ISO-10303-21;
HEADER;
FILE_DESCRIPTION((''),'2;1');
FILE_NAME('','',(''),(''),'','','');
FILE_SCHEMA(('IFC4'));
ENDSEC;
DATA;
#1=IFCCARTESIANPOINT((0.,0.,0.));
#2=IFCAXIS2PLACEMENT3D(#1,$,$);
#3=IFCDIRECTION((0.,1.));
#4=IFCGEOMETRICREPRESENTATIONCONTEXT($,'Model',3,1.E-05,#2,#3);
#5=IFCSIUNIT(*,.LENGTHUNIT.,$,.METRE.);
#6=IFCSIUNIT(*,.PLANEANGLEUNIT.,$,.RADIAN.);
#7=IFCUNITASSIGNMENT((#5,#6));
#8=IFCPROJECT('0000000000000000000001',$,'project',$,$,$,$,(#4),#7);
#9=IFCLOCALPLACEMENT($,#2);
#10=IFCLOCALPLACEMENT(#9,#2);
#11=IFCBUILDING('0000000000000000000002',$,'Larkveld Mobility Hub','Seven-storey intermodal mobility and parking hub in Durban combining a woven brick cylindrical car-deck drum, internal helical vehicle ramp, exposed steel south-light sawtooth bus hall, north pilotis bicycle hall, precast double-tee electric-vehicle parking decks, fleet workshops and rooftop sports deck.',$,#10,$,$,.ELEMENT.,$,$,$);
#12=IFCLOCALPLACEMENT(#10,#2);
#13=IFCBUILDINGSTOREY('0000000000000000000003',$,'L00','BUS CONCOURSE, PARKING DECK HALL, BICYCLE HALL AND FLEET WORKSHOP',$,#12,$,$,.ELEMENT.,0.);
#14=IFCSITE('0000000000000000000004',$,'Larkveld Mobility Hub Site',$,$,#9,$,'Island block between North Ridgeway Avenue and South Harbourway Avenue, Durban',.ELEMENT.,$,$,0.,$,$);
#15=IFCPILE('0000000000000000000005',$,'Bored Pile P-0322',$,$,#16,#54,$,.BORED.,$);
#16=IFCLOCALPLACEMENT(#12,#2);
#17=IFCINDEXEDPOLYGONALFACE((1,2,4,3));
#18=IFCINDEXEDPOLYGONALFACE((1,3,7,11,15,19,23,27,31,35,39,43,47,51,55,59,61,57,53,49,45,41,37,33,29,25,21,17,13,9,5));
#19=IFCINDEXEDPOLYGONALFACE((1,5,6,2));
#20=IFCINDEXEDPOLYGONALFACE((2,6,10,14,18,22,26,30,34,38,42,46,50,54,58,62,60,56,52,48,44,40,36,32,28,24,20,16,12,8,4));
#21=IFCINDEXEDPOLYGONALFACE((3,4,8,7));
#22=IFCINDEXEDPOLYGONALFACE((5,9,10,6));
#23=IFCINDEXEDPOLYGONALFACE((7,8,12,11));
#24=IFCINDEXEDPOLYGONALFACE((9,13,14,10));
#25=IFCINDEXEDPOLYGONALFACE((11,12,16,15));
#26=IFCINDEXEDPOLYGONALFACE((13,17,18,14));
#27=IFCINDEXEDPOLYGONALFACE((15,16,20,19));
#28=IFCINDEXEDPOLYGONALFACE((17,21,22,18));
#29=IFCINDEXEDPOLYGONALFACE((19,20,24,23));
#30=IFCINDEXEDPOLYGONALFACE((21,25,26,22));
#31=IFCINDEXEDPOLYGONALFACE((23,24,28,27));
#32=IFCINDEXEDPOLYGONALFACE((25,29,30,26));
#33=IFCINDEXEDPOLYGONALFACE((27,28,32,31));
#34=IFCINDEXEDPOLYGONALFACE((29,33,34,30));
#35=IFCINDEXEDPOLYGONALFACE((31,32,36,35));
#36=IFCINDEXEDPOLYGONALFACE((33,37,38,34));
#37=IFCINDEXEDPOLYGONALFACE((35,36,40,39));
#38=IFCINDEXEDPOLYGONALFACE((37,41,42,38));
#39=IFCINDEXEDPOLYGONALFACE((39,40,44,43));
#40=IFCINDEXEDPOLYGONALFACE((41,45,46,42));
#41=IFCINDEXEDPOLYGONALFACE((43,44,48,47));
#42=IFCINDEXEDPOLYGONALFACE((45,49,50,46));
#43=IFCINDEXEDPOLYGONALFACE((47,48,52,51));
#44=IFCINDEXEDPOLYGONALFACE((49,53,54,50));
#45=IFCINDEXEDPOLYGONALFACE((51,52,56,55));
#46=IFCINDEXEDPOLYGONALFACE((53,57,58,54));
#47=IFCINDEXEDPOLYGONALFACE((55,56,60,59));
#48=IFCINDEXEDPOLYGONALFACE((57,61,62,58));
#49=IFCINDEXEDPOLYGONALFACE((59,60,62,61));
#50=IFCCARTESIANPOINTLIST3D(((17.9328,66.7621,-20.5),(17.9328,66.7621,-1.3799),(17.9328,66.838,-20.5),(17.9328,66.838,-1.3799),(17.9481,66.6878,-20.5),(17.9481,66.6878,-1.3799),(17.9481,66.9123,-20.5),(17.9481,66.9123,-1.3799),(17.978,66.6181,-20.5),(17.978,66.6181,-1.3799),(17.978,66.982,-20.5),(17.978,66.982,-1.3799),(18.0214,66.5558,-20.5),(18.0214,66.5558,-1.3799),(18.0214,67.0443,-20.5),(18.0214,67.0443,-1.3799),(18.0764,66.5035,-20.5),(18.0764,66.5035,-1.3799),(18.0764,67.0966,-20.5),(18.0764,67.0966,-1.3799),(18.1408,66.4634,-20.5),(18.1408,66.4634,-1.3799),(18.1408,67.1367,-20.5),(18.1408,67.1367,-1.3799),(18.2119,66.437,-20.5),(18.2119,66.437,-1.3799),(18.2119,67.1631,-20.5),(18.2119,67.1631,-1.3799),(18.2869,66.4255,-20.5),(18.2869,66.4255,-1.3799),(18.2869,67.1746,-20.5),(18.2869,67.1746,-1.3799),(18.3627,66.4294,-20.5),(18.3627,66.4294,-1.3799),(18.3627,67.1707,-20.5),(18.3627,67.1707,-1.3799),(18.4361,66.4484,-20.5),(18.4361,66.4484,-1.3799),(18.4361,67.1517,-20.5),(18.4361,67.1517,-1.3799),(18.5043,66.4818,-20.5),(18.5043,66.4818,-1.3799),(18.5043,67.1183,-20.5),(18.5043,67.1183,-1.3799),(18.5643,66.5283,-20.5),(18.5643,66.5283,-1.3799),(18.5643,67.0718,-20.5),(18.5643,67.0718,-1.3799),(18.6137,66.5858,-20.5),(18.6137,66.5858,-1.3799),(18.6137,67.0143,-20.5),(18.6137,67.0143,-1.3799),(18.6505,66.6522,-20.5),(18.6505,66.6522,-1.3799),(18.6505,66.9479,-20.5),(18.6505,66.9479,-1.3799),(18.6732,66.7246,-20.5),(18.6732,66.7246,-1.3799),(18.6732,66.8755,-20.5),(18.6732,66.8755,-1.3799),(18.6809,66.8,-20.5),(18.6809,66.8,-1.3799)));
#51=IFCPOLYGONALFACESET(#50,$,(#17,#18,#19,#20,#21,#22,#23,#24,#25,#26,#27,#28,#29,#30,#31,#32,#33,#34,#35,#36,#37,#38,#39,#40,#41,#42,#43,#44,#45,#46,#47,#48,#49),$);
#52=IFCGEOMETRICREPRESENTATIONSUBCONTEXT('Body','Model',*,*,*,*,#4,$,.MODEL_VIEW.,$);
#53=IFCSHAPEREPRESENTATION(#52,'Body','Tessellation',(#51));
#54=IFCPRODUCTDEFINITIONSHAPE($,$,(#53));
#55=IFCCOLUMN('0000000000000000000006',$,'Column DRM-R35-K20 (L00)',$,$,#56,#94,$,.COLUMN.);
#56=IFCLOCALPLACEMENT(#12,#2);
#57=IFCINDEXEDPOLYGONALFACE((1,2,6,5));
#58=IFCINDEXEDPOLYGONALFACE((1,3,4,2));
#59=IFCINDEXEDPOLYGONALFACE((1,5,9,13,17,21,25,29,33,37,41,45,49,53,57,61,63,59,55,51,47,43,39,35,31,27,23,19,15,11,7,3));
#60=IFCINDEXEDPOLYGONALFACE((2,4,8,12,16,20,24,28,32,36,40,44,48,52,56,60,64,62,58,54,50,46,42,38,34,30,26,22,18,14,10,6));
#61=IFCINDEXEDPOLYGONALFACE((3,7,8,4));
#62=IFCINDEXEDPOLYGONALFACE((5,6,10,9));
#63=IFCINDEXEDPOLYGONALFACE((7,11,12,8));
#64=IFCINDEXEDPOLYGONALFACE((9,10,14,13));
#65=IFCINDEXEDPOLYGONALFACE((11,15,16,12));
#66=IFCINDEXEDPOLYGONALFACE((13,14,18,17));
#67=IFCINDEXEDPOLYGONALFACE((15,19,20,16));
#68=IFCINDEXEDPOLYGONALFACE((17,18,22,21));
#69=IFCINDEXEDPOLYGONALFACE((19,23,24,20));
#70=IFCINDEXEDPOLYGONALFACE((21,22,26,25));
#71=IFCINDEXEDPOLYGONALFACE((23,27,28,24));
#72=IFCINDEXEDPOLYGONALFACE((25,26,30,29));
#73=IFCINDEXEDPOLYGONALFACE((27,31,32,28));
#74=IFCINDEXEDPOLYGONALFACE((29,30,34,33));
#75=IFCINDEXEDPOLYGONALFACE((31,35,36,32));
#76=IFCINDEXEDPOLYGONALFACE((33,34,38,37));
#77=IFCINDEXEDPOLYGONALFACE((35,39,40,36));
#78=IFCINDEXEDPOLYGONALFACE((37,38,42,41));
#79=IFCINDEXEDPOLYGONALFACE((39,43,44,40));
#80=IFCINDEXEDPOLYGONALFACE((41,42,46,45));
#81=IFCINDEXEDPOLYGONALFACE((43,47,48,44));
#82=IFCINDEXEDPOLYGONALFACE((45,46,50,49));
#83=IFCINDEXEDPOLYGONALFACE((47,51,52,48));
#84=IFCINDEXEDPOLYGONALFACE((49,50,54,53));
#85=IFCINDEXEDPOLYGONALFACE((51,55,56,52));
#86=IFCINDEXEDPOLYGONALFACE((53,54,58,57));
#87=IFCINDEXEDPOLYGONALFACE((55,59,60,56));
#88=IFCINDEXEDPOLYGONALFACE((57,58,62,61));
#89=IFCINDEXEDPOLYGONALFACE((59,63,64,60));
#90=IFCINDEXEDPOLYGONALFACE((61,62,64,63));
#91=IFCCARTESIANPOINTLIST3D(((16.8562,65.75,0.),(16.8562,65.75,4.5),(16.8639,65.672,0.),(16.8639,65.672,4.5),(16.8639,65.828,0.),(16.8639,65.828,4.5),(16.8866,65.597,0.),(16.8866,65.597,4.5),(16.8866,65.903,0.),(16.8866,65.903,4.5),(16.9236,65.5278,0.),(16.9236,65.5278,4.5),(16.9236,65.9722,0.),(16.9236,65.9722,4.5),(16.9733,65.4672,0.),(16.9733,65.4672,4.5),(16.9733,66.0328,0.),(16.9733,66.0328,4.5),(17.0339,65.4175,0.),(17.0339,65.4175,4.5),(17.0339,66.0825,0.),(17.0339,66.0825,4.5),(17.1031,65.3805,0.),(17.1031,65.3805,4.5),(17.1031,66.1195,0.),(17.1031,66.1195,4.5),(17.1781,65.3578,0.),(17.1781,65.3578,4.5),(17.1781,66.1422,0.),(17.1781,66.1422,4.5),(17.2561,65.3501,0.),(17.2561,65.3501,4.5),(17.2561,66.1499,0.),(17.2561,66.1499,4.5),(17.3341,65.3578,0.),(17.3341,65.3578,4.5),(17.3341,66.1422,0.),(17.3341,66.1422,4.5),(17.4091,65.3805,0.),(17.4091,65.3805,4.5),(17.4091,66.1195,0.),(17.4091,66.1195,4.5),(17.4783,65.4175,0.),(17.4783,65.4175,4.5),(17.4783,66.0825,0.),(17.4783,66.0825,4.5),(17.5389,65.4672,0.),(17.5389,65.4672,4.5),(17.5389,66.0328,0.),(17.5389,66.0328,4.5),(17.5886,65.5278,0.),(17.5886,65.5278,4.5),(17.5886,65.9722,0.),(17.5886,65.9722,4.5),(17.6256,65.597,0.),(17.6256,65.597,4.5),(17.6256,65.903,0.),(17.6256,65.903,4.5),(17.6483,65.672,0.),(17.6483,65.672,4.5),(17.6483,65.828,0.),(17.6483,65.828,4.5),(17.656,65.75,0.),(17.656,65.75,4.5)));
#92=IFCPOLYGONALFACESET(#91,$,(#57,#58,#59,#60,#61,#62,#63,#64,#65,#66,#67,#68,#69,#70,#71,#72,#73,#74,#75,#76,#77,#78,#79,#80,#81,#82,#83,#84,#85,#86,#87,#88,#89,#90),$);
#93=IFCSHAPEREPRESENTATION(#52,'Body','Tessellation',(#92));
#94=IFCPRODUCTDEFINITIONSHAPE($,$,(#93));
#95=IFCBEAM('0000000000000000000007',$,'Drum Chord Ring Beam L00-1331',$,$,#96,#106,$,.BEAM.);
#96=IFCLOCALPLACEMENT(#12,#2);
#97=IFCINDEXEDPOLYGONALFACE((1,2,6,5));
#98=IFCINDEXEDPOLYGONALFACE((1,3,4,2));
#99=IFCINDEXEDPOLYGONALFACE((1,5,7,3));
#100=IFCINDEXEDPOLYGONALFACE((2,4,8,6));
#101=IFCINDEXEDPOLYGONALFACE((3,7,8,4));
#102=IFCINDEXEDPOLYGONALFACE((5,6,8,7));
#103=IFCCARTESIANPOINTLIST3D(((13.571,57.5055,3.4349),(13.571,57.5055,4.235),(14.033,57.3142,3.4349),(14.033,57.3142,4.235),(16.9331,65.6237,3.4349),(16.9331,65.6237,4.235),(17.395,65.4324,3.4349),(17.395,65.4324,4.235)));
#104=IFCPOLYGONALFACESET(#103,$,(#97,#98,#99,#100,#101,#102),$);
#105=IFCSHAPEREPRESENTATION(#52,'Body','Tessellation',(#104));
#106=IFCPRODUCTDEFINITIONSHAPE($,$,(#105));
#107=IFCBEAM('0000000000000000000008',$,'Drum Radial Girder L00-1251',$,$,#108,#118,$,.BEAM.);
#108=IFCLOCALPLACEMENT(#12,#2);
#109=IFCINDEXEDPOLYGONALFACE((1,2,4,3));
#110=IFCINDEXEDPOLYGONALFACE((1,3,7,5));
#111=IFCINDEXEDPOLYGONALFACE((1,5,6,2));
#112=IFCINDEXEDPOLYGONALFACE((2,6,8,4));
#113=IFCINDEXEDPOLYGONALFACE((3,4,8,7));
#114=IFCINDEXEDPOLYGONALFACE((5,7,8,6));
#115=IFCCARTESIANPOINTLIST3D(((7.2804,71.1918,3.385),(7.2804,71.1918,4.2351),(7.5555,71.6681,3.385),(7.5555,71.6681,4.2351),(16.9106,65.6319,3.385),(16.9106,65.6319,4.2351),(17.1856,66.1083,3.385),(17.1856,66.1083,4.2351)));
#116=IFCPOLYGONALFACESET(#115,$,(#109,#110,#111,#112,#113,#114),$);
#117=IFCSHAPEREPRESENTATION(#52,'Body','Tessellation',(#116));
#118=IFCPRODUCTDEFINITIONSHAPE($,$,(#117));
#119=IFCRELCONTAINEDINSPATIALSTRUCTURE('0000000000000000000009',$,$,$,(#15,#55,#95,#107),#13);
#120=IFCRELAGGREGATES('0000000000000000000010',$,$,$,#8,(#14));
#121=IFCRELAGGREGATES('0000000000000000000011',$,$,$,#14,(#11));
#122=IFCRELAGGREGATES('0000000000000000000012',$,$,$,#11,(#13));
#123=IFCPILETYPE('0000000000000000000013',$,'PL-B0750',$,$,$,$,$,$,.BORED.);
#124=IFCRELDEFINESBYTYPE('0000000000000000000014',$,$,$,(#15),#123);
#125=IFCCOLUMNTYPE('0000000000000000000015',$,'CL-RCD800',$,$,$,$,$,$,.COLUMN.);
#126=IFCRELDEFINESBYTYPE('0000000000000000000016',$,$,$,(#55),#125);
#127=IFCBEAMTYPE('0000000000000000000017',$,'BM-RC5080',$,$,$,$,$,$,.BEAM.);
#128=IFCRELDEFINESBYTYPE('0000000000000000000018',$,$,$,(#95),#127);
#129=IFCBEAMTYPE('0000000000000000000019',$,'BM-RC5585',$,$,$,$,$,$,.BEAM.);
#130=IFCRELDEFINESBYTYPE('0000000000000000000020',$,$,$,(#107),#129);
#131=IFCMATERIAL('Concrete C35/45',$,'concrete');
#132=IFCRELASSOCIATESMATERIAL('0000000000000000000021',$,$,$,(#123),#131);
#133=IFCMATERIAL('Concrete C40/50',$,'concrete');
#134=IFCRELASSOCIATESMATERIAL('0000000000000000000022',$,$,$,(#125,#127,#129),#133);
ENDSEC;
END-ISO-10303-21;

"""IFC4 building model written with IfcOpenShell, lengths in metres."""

from ifc_helpers import new_model, si_unit, direction, frame, origin, origin_2d, place, context, subcontext, project, spatial, rectangle, circle, extrude, material, material_profile, profile_set, type_object, element, save


model = new_model("IFC4")

# Units and contexts
model_context = context("Model", 3, precision=1e-05, world=origin(), true_north=direction((0.0, 1.0)))
body_context = subcontext(model_context, "Body", "Model", "MODEL_VIEW")
ifc_project = project(units=[si_unit("LENGTHUNIT", "METRE"), si_unit("PLANEANGLEUNIT", "RADIAN")], contexts=[model_context])

# Site, building, storey
site_placement = place(None, origin())
site = spatial("IfcSite", under=ifc_project, at=site_placement, Name="Larkveld Mobility Hub Site", LongName="Island block between North Ridgeway Avenue and South Harbourway Avenue, Durban", CompositionType="ELEMENT", RefElevation=0.0)
building_placement = place(site_placement, origin())
building = spatial("IfcBuilding", under=site, at=building_placement, Name="Larkveld Mobility Hub", Description="Seven-storey intermodal mobility and parking hub in Durban combining a woven brick cylindrical car-deck drum, internal helical vehicle ramp, exposed steel south-light sawtooth bus hall, north pilotis bicycle hall, precast double-tee electric-vehicle parking decks, fleet workshops and rooftop sports deck.", CompositionType="ELEMENT")
storey_placement = place(building_placement, origin())
storey = spatial("IfcBuildingStorey", under=building, at=storey_placement, Name="L00", Description="BUS CONCOURSE, PARKING DECK HALL, BICYCLE HALL AND FLEET WORKSHOP", CompositionType="ELEMENT", Elevation=0.0)

# Shared definitions
ifc_material_1 = material(Name="Concrete C35/45", Category="concrete")

# Pile
ifc_material_profile_1 = material_profile(ifc_material_1, circle(Radius=0.375, at=origin_2d()), Name="PILE D750")
ifc_profile_set_1 = profile_set([ifc_material_profile_1], Name="Concrete C35/45")
pile_type = type_object("IfcPileType", Name="PL-B0750", PredefinedType="BORED", material=ifc_profile_set_1)
for number, where, z_axis, x_axis, name in (
    (1, (18.3059, 66.8, -1.3799), (0.0, 0.0, -1.0), (1.0, 0.0, 0.0), "Bored Pile P-0322"),
):
    element("IfcPile", number, at=place(storey_placement, frame(where, z_axis=z_axis, x_axis=x_axis)), inside=storey, type_object=pile_type, Name=name, PredefinedType="BORED", context=body_context, shape_type="SweptSolid", body=[
        extrude(circle(Radius=0.375, at=origin_2d()), origin(), (0.0, 0.0, 1.0), 19.1201),
    ])

# Column
ifc_material_2 = material(Name="Concrete C40/50", Category="concrete")
ifc_material_profile_2 = material_profile(ifc_material_2, circle(Radius=0.3999, at=origin_2d()), Name="RC COL D800")
ifc_profile_set_2 = profile_set([ifc_material_profile_2], Name="Concrete C40/50")
column_type = type_object("IfcColumnType", Name="CL-RCD800", PredefinedType="COLUMN", material=ifc_profile_set_2)
column_placement = place(storey_placement, frame((17.2561, 65.75, 0.0), z_axis=(0.0, 0.0, 1.0), x_axis=(1.0, 0.0, 0.0)))
element("IfcColumn", 2, at=column_placement, inside=storey, type_object=column_type, Name="Column DRM-R35-K20 (L00)", PredefinedType="COLUMN", context=body_context, shape_type="SweptSolid", body=[
    extrude(circle(Radius=0.3999, at=origin_2d()), origin(), (0.0, 0.0, 1.0), 4.5),
])

# Beams
ifc_material_profile_3 = material_profile(ifc_material_2, rectangle(XDim=0.5, YDim=0.8, at=origin_2d()), Name="RC BM 500x800")
ifc_profile_set_3 = profile_set([ifc_material_profile_3], Name="Concrete C40/50")
beam_type_1 = type_object("IfcBeamType", Name="BM-RC5080", PredefinedType="BEAM", material=ifc_profile_set_3)
beam_1_placement = place(storey_placement, frame((17.1641, 65.5281, 3.835), z_axis=(-0.382626, -0.923903, 0.0), x_axis=(0.923903, -0.382626, 0.0)))
element("IfcBeam", 3, at=beam_1_placement, inside=storey, type_object=beam_type_1, Name="Drum Chord Ring Beam L00-1331", PredefinedType="BEAM", context=body_context, shape_type="SweptSolid", body=[
    extrude(rectangle(XDim=0.5, YDim=0.8, at=origin_2d()), origin(), (0.0, 0.0, 1.0), 8.7869),
])
ifc_material_profile_4 = material_profile(ifc_material_2, rectangle(XDim=0.55, YDim=0.8501, at=origin_2d()), Name="RC BM 550x850")
ifc_profile_set_4 = profile_set([ifc_material_profile_4], Name="Concrete C40/50")
beam_type_2 = type_object("IfcBeamType", Name="BM-RC5585", PredefinedType="BEAM", material=ifc_profile_set_4)
beam_2_placement = place(storey_placement, frame((17.0481, 65.8701, 3.8101), z_axis=(-0.866031, 0.49999, 0.0), x_axis=(-0.49999, -0.866031, 0.0)))
element("IfcBeam", 4, at=beam_2_placement, inside=storey, type_object=beam_type_2, Name="Drum Radial Girder L00-1251", PredefinedType="BEAM", context=body_context, shape_type="SweptSolid", body=[
    extrude(rectangle(XDim=0.55, YDim=0.8501, at=origin_2d()), origin(), (0.0, 0.0, 1.0), 11.1199),
])

save(model, "model.ifc")
